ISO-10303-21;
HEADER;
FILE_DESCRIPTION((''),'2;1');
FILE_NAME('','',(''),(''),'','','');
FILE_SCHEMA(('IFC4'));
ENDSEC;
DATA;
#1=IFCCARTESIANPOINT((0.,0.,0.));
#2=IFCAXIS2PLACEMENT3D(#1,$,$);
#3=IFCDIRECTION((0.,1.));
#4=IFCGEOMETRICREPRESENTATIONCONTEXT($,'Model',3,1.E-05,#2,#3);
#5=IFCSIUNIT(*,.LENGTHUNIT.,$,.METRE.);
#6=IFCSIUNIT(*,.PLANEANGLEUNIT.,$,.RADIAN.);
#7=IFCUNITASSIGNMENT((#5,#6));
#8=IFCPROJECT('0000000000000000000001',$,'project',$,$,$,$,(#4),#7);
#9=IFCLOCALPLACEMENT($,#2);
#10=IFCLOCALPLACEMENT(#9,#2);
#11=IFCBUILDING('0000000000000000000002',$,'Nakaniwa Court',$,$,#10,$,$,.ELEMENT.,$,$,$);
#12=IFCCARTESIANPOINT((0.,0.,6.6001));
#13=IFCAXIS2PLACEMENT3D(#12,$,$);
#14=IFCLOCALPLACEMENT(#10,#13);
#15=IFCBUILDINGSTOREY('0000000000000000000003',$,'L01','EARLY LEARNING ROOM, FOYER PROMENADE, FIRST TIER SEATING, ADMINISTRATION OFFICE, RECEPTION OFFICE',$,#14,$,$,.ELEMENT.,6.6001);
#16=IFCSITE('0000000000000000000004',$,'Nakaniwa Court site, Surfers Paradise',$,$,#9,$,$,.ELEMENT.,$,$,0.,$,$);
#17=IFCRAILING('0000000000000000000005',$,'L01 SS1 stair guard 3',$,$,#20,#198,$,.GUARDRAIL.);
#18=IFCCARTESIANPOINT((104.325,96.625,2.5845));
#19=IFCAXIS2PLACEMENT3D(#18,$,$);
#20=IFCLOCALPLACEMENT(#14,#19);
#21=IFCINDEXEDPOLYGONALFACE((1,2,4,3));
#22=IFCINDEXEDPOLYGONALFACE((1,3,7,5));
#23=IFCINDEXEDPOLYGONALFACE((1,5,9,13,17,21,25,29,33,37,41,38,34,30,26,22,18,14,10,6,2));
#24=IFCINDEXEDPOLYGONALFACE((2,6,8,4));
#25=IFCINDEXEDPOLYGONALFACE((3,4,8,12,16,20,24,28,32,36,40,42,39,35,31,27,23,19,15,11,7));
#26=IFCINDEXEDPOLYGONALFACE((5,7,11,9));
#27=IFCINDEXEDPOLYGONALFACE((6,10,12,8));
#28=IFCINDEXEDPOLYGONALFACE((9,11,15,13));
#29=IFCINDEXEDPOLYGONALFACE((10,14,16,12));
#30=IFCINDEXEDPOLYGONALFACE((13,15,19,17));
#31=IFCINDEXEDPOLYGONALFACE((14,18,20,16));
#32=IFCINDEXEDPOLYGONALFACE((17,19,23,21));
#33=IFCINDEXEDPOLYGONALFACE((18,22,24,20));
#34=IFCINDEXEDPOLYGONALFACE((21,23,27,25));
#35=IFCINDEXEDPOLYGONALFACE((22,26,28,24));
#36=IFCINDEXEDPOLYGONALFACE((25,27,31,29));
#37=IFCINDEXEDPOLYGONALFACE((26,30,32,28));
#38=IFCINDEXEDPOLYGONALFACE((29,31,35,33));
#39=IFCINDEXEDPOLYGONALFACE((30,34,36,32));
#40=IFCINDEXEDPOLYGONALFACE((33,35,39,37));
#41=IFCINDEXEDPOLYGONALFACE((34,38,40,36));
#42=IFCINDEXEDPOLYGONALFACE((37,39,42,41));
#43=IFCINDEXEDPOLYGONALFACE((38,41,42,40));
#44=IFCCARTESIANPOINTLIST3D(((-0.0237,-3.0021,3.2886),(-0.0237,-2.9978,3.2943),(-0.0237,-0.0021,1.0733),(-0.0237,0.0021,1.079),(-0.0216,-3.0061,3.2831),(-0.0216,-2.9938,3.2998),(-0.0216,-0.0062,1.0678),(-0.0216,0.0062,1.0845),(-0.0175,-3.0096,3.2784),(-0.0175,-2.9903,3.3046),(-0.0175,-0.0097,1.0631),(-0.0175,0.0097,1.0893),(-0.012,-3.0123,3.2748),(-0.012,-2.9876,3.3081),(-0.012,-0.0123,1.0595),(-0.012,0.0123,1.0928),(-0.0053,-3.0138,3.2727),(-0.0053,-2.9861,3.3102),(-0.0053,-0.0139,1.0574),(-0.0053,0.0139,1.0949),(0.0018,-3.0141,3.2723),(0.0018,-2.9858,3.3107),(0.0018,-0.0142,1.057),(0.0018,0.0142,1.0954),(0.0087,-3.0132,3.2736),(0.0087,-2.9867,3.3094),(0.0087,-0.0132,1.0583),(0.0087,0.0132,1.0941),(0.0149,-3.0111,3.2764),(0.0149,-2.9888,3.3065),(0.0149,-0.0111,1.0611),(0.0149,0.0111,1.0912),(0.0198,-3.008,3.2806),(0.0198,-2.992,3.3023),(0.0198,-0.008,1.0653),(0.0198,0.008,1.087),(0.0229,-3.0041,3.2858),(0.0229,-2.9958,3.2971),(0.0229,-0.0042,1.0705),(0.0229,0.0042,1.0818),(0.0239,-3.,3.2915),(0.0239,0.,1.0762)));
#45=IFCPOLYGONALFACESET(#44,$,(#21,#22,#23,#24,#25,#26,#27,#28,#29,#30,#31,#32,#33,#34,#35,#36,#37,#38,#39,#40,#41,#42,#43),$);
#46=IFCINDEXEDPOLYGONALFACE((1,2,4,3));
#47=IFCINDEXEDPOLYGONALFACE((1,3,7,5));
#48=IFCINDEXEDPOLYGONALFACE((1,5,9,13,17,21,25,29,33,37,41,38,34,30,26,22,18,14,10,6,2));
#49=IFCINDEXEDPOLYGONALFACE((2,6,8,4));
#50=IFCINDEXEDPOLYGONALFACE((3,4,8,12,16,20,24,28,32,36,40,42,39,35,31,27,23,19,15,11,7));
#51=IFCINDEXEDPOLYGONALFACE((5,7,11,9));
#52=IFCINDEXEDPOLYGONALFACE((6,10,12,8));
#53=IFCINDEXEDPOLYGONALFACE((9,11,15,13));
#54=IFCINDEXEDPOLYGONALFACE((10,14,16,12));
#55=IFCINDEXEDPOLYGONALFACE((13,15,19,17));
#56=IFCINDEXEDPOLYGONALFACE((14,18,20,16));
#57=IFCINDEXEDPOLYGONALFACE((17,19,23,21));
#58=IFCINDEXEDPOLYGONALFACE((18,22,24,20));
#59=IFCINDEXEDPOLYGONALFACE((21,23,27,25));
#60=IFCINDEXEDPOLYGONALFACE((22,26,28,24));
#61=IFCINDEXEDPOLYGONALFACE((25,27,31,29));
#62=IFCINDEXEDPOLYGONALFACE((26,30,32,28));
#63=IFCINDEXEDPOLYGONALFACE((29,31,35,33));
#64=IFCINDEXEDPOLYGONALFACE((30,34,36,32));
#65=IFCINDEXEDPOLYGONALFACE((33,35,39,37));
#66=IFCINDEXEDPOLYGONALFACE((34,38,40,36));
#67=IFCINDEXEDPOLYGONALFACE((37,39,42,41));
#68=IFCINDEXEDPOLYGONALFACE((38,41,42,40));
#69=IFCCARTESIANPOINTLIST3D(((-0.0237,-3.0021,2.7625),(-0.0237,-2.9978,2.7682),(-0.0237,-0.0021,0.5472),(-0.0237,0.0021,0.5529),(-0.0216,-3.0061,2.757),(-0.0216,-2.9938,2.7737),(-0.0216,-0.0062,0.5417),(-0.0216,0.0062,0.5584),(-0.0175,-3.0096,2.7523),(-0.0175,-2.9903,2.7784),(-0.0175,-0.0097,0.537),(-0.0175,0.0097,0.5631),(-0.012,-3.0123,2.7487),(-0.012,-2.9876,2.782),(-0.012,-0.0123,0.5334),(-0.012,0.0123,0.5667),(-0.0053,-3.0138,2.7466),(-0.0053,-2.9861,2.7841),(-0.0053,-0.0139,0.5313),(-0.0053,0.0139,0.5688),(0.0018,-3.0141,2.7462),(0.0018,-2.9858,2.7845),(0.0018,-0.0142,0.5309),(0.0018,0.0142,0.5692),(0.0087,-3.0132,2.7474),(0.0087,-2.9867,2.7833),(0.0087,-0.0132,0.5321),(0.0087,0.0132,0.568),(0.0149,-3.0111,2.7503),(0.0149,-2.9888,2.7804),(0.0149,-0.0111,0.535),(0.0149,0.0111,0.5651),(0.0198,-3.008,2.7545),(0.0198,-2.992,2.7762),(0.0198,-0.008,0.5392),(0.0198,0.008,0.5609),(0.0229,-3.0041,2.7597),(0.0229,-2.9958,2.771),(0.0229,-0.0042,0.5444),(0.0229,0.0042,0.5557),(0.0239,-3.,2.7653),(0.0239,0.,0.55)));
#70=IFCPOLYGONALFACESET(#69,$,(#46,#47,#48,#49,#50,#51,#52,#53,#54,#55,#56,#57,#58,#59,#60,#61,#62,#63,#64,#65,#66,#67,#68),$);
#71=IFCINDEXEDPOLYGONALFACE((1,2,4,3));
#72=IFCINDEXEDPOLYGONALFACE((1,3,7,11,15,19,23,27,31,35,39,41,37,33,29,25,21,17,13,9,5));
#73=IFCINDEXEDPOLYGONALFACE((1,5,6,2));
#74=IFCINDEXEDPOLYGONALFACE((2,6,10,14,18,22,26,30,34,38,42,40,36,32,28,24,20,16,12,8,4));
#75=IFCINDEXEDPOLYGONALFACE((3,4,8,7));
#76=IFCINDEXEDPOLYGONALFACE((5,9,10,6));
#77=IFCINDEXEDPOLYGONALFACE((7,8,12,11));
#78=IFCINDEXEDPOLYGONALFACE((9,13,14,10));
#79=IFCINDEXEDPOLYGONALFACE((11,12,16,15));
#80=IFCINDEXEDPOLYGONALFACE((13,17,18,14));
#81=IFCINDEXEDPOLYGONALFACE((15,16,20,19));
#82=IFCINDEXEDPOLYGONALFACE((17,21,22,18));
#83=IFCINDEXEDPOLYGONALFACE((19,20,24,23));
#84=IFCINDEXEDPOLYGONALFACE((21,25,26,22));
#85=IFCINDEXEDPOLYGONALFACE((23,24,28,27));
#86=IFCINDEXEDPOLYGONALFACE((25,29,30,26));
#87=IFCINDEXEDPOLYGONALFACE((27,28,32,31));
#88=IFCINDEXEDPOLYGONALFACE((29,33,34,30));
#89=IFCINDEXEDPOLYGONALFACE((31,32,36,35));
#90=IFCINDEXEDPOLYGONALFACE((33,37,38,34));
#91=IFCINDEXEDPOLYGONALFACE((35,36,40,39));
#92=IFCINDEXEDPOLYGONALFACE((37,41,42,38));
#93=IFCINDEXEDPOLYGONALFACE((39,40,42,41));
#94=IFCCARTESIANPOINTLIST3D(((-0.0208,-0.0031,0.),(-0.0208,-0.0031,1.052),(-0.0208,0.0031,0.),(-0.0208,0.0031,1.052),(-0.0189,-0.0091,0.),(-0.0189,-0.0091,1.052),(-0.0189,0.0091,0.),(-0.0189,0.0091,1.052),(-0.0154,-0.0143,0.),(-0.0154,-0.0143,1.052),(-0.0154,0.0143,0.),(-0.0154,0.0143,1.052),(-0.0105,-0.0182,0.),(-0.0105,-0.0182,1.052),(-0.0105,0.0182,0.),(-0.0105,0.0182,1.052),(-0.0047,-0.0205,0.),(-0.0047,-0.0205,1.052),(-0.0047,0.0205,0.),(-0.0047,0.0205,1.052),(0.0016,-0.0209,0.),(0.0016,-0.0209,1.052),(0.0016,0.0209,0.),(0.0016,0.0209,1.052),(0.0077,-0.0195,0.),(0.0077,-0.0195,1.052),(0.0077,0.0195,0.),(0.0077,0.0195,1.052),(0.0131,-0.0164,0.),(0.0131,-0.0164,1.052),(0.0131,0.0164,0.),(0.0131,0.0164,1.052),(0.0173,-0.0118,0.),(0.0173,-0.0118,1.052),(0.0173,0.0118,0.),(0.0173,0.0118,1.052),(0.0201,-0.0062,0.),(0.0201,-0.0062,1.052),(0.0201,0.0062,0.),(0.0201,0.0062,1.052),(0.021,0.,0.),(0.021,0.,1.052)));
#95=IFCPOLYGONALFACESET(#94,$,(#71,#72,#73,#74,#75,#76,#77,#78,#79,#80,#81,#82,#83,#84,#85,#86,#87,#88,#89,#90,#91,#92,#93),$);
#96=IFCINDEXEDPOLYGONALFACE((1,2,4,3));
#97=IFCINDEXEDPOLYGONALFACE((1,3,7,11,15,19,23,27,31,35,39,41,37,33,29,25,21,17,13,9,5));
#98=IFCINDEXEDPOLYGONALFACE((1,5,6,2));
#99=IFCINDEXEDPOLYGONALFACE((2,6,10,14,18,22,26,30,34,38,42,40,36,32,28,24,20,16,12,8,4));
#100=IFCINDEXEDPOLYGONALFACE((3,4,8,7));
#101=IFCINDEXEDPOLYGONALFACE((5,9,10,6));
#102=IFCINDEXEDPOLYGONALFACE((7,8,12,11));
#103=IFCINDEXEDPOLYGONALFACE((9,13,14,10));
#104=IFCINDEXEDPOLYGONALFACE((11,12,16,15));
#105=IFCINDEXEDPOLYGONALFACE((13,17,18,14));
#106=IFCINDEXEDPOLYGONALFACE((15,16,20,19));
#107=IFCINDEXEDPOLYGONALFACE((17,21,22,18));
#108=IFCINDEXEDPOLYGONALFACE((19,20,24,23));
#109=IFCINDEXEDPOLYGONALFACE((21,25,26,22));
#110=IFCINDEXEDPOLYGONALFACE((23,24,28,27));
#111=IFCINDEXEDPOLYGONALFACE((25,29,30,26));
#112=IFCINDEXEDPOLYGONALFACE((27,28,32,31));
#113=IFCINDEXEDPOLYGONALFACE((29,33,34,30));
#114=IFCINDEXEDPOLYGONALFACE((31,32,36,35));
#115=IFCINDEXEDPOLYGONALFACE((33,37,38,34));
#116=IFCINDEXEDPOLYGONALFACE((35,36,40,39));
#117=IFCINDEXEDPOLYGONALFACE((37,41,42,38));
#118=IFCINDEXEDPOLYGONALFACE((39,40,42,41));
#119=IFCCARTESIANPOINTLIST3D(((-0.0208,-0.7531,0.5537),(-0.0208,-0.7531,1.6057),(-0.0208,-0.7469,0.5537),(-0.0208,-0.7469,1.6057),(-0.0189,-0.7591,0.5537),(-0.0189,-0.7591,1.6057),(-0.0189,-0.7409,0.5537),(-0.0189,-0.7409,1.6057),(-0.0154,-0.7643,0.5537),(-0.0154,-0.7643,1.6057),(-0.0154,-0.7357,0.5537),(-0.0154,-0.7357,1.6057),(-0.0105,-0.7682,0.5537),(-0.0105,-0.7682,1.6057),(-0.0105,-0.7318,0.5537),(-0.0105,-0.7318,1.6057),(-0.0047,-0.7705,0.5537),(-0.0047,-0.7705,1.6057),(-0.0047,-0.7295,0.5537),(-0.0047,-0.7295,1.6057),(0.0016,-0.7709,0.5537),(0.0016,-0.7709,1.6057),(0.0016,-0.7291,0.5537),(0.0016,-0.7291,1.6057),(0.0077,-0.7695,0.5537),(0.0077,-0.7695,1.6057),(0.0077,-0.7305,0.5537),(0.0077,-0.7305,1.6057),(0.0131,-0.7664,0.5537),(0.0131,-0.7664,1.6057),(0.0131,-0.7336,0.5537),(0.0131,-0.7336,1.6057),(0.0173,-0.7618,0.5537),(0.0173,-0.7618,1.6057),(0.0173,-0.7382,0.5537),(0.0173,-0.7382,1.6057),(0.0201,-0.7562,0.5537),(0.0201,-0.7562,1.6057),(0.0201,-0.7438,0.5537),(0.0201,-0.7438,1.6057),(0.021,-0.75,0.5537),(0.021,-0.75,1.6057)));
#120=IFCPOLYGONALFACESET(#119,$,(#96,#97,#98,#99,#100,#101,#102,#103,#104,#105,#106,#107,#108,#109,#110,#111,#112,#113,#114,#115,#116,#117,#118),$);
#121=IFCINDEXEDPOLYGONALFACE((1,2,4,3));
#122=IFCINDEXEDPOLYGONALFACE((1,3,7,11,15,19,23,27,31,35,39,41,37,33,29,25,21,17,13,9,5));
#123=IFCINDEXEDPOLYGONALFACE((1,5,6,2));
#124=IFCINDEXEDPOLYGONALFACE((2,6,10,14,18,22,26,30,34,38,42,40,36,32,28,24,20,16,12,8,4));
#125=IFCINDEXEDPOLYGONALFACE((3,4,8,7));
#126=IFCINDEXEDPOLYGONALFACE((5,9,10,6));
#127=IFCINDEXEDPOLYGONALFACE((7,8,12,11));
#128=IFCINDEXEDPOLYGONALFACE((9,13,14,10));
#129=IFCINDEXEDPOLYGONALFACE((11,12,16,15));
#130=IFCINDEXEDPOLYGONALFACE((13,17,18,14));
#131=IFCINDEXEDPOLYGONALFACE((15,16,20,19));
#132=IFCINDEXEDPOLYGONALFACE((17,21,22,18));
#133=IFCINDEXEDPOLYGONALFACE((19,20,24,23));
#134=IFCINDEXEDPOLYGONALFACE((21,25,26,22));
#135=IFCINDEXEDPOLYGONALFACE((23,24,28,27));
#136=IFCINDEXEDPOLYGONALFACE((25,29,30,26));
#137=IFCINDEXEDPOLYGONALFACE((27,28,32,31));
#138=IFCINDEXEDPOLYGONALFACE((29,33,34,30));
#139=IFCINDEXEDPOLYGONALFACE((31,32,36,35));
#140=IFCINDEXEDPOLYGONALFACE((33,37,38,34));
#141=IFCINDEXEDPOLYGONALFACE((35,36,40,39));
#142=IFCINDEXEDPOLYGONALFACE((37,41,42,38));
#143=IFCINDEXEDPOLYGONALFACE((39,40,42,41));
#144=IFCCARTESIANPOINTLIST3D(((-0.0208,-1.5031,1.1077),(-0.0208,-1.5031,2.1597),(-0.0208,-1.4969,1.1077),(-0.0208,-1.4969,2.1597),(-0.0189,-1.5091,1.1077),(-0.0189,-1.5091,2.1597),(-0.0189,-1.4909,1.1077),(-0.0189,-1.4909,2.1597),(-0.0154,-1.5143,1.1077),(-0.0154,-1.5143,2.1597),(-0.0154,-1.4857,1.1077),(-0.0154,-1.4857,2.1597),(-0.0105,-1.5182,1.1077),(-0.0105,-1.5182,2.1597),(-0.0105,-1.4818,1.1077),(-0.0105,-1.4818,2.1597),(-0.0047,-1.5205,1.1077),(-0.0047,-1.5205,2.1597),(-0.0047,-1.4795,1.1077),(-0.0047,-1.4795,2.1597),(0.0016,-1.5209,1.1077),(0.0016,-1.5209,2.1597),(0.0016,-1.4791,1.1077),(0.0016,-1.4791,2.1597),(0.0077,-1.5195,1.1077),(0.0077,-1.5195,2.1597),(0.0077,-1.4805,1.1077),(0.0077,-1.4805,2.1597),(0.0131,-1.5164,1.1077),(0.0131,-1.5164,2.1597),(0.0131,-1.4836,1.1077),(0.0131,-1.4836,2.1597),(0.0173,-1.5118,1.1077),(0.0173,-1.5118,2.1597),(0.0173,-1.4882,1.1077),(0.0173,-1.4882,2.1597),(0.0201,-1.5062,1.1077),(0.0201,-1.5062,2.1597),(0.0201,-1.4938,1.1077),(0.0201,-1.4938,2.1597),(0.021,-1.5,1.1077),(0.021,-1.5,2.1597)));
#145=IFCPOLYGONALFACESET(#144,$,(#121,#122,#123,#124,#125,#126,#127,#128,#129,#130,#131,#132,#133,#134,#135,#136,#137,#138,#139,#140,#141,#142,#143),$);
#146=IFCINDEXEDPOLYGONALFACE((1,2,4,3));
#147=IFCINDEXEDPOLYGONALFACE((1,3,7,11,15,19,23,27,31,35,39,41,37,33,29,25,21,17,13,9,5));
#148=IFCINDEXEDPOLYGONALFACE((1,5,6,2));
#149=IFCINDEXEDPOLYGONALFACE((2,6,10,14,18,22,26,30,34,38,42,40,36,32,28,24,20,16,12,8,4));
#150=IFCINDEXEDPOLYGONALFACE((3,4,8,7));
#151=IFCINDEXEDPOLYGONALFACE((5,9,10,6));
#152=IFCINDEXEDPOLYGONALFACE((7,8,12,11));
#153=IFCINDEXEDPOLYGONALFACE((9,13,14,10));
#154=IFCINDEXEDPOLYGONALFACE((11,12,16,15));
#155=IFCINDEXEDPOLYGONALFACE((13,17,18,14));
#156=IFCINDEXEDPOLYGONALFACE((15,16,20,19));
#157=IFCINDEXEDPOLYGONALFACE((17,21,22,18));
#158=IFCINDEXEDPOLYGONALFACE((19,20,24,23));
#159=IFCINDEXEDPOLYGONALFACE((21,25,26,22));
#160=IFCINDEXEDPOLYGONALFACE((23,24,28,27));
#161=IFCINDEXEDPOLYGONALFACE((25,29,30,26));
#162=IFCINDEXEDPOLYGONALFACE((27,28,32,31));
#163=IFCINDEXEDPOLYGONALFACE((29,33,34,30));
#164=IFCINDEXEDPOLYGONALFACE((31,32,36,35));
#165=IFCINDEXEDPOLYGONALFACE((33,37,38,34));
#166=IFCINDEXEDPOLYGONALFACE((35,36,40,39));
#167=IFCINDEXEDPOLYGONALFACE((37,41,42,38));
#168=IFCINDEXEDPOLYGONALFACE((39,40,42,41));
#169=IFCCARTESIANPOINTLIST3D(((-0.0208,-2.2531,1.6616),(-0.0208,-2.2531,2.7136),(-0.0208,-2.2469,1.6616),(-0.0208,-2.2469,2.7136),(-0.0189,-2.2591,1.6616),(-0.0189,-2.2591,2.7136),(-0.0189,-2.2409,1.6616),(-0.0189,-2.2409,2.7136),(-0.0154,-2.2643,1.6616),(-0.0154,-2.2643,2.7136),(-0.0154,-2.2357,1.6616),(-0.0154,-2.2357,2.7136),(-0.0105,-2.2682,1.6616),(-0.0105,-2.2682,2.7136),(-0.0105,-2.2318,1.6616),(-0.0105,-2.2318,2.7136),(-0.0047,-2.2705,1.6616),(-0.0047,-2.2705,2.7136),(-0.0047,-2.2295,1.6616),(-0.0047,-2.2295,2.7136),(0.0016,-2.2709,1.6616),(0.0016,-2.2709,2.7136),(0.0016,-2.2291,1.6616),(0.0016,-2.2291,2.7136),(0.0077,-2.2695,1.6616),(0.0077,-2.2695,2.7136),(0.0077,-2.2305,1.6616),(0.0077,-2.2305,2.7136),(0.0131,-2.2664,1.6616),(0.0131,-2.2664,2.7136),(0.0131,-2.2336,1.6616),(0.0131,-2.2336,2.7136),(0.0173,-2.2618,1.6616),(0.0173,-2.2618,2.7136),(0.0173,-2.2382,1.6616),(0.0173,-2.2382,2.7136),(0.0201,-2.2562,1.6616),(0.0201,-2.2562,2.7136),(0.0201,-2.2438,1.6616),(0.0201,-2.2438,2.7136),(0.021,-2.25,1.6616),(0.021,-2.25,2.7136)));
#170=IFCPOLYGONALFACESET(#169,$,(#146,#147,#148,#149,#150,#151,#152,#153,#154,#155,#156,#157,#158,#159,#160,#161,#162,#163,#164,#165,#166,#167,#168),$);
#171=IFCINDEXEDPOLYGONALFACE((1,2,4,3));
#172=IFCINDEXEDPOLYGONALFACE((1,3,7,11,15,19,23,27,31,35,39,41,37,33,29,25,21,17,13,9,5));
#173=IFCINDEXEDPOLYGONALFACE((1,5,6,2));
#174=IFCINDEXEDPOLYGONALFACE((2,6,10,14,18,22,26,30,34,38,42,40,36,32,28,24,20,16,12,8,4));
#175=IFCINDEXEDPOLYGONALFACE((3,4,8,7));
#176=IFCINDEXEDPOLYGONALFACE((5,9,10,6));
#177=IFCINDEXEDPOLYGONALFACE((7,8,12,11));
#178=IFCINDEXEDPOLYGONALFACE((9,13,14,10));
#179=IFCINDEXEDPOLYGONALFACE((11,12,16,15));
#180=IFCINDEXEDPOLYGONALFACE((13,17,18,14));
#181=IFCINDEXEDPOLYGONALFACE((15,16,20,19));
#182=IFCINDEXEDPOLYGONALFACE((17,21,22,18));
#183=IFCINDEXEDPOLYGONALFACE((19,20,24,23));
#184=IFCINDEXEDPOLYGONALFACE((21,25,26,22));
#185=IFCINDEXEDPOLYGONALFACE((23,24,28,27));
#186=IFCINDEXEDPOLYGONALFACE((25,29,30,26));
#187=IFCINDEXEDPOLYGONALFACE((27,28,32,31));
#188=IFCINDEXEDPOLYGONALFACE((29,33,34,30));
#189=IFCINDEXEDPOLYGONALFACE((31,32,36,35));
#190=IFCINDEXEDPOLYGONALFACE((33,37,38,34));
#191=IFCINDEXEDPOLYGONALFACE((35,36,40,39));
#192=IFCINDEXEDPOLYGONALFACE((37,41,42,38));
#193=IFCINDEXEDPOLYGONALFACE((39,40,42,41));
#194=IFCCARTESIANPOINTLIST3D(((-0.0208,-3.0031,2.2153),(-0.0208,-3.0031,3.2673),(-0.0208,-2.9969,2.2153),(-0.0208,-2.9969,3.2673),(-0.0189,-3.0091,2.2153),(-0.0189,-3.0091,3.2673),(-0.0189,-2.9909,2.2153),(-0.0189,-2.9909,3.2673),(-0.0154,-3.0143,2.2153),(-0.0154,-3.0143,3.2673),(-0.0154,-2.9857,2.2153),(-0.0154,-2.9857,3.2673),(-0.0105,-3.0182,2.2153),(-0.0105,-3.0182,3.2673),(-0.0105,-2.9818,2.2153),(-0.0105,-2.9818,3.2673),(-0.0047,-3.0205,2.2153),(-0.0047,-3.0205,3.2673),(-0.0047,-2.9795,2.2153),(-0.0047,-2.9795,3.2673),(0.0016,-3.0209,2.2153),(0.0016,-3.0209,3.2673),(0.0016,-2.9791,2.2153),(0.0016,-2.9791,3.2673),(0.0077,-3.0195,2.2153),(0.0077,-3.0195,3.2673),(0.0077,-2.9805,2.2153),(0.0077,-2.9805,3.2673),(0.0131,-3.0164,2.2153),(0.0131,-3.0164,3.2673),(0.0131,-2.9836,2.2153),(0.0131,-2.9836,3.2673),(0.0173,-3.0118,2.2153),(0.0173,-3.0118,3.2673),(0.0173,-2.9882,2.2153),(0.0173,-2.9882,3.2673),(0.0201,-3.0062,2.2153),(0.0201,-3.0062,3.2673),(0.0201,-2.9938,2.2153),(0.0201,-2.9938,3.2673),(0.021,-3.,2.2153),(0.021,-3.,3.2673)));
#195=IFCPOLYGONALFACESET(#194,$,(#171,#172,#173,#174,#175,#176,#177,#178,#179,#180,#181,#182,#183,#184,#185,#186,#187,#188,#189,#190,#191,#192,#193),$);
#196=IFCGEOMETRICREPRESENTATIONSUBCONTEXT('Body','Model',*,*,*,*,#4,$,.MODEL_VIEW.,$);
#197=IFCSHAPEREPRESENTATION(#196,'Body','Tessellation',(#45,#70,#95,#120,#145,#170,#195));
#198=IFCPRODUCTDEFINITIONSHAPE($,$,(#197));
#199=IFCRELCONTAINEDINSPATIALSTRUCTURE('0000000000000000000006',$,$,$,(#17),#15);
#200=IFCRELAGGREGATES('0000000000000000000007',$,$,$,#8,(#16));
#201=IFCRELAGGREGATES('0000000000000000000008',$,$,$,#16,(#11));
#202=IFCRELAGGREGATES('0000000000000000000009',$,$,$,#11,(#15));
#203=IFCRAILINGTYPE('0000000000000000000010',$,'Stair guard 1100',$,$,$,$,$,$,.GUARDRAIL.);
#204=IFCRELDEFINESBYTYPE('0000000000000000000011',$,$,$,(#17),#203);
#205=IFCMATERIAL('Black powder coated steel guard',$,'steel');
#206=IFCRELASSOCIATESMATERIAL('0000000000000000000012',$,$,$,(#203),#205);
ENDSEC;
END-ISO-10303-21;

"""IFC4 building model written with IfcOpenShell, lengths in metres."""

from ifc_helpers import new_model, si_unit, direction, frame, origin, origin_2d, place, context, subcontext, project, spatial, circle, extrude, material, type_object, element, save


model = new_model("IFC4")

# Units and contexts
model_context = context("Model", 3, precision=1e-05, world=origin(), true_north=direction((0.0, 1.0)))
body_context = subcontext(model_context, "Body", "Model", "MODEL_VIEW")
ifc_project = project(units=[si_unit("LENGTHUNIT", "METRE"), si_unit("PLANEANGLEUNIT", "RADIAN")], contexts=[model_context])

# Site, building, storey
site_placement = place(None, origin())
site = spatial("IfcSite", under=ifc_project, at=site_placement, Name="Nakaniwa Court site, Surfers Paradise", CompositionType="ELEMENT", RefElevation=0.0)
building_placement = place(site_placement, origin())
building = spatial("IfcBuilding", under=site, at=building_placement, Name="Nakaniwa Court", CompositionType="ELEMENT")
storey_placement = place(building_placement, frame((0.0, 0.0, 6.6001)))
storey = spatial("IfcBuildingStorey", under=building, at=storey_placement, Name="L01", Description="EARLY LEARNING ROOM, FOYER PROMENADE, FIRST TIER SEATING, ADMINISTRATION OFFICE, RECEPTION OFFICE", CompositionType="ELEMENT", Elevation=6.6001)

# Railing
ifc_material_1 = material(Name="Black powder coated steel guard", Category="steel")
railing_type = type_object("IfcRailingType", Name="Stair guard 1100", PredefinedType="GUARDRAIL", material=ifc_material_1)
railing_1_placement = place(storey_placement, frame((104.325, 96.625, 2.5845)))
element("IfcRailing", 1, at=railing_1_placement, inside=storey, type_object=railing_type, Name="L01 SS1 stair guard 3", PredefinedType="GUARDRAIL", context=body_context, shape_type="SweptSolid", body=[
    extrude(circle(Radius=0.0239, at=origin_2d()), frame((0.0, 0.0, 1.0762), z_axis=(0.0, -0.80444, 0.594034), x_axis=(1.0, 0.0, 0.0)), (0.0, 0.0, 1.0), 3.7292),
    extrude(circle(Radius=0.0239, at=origin_2d()), frame((0.0, 0.0, 0.55), z_axis=(0.0, -0.80444, 0.594034), x_axis=(1.0, 0.0, 0.0)), (0.0, 0.0, 1.0), 3.7292),
    extrude(circle(Radius=0.021, at=origin_2d()), origin(), (0.0, 0.0, 1.0), 1.052),
    extrude(circle(Radius=0.021, at=origin_2d()), frame((0.0, -0.75, 0.5537)), (0.0, 0.0, 1.0), 1.052),
    extrude(circle(Radius=0.021, at=origin_2d()), frame((0.0, -1.5, 1.1077)), (0.0, 0.0, 1.0), 1.052),
    extrude(circle(Radius=0.021, at=origin_2d()), frame((0.0, -2.25, 1.6616)), (0.0, 0.0, 1.0), 1.052),
    extrude(circle(Radius=0.021, at=origin_2d()), frame((0.0, -3.0, 2.2153)), (0.0, 0.0, 1.0), 1.052),
])

save(model, "model.ifc")
